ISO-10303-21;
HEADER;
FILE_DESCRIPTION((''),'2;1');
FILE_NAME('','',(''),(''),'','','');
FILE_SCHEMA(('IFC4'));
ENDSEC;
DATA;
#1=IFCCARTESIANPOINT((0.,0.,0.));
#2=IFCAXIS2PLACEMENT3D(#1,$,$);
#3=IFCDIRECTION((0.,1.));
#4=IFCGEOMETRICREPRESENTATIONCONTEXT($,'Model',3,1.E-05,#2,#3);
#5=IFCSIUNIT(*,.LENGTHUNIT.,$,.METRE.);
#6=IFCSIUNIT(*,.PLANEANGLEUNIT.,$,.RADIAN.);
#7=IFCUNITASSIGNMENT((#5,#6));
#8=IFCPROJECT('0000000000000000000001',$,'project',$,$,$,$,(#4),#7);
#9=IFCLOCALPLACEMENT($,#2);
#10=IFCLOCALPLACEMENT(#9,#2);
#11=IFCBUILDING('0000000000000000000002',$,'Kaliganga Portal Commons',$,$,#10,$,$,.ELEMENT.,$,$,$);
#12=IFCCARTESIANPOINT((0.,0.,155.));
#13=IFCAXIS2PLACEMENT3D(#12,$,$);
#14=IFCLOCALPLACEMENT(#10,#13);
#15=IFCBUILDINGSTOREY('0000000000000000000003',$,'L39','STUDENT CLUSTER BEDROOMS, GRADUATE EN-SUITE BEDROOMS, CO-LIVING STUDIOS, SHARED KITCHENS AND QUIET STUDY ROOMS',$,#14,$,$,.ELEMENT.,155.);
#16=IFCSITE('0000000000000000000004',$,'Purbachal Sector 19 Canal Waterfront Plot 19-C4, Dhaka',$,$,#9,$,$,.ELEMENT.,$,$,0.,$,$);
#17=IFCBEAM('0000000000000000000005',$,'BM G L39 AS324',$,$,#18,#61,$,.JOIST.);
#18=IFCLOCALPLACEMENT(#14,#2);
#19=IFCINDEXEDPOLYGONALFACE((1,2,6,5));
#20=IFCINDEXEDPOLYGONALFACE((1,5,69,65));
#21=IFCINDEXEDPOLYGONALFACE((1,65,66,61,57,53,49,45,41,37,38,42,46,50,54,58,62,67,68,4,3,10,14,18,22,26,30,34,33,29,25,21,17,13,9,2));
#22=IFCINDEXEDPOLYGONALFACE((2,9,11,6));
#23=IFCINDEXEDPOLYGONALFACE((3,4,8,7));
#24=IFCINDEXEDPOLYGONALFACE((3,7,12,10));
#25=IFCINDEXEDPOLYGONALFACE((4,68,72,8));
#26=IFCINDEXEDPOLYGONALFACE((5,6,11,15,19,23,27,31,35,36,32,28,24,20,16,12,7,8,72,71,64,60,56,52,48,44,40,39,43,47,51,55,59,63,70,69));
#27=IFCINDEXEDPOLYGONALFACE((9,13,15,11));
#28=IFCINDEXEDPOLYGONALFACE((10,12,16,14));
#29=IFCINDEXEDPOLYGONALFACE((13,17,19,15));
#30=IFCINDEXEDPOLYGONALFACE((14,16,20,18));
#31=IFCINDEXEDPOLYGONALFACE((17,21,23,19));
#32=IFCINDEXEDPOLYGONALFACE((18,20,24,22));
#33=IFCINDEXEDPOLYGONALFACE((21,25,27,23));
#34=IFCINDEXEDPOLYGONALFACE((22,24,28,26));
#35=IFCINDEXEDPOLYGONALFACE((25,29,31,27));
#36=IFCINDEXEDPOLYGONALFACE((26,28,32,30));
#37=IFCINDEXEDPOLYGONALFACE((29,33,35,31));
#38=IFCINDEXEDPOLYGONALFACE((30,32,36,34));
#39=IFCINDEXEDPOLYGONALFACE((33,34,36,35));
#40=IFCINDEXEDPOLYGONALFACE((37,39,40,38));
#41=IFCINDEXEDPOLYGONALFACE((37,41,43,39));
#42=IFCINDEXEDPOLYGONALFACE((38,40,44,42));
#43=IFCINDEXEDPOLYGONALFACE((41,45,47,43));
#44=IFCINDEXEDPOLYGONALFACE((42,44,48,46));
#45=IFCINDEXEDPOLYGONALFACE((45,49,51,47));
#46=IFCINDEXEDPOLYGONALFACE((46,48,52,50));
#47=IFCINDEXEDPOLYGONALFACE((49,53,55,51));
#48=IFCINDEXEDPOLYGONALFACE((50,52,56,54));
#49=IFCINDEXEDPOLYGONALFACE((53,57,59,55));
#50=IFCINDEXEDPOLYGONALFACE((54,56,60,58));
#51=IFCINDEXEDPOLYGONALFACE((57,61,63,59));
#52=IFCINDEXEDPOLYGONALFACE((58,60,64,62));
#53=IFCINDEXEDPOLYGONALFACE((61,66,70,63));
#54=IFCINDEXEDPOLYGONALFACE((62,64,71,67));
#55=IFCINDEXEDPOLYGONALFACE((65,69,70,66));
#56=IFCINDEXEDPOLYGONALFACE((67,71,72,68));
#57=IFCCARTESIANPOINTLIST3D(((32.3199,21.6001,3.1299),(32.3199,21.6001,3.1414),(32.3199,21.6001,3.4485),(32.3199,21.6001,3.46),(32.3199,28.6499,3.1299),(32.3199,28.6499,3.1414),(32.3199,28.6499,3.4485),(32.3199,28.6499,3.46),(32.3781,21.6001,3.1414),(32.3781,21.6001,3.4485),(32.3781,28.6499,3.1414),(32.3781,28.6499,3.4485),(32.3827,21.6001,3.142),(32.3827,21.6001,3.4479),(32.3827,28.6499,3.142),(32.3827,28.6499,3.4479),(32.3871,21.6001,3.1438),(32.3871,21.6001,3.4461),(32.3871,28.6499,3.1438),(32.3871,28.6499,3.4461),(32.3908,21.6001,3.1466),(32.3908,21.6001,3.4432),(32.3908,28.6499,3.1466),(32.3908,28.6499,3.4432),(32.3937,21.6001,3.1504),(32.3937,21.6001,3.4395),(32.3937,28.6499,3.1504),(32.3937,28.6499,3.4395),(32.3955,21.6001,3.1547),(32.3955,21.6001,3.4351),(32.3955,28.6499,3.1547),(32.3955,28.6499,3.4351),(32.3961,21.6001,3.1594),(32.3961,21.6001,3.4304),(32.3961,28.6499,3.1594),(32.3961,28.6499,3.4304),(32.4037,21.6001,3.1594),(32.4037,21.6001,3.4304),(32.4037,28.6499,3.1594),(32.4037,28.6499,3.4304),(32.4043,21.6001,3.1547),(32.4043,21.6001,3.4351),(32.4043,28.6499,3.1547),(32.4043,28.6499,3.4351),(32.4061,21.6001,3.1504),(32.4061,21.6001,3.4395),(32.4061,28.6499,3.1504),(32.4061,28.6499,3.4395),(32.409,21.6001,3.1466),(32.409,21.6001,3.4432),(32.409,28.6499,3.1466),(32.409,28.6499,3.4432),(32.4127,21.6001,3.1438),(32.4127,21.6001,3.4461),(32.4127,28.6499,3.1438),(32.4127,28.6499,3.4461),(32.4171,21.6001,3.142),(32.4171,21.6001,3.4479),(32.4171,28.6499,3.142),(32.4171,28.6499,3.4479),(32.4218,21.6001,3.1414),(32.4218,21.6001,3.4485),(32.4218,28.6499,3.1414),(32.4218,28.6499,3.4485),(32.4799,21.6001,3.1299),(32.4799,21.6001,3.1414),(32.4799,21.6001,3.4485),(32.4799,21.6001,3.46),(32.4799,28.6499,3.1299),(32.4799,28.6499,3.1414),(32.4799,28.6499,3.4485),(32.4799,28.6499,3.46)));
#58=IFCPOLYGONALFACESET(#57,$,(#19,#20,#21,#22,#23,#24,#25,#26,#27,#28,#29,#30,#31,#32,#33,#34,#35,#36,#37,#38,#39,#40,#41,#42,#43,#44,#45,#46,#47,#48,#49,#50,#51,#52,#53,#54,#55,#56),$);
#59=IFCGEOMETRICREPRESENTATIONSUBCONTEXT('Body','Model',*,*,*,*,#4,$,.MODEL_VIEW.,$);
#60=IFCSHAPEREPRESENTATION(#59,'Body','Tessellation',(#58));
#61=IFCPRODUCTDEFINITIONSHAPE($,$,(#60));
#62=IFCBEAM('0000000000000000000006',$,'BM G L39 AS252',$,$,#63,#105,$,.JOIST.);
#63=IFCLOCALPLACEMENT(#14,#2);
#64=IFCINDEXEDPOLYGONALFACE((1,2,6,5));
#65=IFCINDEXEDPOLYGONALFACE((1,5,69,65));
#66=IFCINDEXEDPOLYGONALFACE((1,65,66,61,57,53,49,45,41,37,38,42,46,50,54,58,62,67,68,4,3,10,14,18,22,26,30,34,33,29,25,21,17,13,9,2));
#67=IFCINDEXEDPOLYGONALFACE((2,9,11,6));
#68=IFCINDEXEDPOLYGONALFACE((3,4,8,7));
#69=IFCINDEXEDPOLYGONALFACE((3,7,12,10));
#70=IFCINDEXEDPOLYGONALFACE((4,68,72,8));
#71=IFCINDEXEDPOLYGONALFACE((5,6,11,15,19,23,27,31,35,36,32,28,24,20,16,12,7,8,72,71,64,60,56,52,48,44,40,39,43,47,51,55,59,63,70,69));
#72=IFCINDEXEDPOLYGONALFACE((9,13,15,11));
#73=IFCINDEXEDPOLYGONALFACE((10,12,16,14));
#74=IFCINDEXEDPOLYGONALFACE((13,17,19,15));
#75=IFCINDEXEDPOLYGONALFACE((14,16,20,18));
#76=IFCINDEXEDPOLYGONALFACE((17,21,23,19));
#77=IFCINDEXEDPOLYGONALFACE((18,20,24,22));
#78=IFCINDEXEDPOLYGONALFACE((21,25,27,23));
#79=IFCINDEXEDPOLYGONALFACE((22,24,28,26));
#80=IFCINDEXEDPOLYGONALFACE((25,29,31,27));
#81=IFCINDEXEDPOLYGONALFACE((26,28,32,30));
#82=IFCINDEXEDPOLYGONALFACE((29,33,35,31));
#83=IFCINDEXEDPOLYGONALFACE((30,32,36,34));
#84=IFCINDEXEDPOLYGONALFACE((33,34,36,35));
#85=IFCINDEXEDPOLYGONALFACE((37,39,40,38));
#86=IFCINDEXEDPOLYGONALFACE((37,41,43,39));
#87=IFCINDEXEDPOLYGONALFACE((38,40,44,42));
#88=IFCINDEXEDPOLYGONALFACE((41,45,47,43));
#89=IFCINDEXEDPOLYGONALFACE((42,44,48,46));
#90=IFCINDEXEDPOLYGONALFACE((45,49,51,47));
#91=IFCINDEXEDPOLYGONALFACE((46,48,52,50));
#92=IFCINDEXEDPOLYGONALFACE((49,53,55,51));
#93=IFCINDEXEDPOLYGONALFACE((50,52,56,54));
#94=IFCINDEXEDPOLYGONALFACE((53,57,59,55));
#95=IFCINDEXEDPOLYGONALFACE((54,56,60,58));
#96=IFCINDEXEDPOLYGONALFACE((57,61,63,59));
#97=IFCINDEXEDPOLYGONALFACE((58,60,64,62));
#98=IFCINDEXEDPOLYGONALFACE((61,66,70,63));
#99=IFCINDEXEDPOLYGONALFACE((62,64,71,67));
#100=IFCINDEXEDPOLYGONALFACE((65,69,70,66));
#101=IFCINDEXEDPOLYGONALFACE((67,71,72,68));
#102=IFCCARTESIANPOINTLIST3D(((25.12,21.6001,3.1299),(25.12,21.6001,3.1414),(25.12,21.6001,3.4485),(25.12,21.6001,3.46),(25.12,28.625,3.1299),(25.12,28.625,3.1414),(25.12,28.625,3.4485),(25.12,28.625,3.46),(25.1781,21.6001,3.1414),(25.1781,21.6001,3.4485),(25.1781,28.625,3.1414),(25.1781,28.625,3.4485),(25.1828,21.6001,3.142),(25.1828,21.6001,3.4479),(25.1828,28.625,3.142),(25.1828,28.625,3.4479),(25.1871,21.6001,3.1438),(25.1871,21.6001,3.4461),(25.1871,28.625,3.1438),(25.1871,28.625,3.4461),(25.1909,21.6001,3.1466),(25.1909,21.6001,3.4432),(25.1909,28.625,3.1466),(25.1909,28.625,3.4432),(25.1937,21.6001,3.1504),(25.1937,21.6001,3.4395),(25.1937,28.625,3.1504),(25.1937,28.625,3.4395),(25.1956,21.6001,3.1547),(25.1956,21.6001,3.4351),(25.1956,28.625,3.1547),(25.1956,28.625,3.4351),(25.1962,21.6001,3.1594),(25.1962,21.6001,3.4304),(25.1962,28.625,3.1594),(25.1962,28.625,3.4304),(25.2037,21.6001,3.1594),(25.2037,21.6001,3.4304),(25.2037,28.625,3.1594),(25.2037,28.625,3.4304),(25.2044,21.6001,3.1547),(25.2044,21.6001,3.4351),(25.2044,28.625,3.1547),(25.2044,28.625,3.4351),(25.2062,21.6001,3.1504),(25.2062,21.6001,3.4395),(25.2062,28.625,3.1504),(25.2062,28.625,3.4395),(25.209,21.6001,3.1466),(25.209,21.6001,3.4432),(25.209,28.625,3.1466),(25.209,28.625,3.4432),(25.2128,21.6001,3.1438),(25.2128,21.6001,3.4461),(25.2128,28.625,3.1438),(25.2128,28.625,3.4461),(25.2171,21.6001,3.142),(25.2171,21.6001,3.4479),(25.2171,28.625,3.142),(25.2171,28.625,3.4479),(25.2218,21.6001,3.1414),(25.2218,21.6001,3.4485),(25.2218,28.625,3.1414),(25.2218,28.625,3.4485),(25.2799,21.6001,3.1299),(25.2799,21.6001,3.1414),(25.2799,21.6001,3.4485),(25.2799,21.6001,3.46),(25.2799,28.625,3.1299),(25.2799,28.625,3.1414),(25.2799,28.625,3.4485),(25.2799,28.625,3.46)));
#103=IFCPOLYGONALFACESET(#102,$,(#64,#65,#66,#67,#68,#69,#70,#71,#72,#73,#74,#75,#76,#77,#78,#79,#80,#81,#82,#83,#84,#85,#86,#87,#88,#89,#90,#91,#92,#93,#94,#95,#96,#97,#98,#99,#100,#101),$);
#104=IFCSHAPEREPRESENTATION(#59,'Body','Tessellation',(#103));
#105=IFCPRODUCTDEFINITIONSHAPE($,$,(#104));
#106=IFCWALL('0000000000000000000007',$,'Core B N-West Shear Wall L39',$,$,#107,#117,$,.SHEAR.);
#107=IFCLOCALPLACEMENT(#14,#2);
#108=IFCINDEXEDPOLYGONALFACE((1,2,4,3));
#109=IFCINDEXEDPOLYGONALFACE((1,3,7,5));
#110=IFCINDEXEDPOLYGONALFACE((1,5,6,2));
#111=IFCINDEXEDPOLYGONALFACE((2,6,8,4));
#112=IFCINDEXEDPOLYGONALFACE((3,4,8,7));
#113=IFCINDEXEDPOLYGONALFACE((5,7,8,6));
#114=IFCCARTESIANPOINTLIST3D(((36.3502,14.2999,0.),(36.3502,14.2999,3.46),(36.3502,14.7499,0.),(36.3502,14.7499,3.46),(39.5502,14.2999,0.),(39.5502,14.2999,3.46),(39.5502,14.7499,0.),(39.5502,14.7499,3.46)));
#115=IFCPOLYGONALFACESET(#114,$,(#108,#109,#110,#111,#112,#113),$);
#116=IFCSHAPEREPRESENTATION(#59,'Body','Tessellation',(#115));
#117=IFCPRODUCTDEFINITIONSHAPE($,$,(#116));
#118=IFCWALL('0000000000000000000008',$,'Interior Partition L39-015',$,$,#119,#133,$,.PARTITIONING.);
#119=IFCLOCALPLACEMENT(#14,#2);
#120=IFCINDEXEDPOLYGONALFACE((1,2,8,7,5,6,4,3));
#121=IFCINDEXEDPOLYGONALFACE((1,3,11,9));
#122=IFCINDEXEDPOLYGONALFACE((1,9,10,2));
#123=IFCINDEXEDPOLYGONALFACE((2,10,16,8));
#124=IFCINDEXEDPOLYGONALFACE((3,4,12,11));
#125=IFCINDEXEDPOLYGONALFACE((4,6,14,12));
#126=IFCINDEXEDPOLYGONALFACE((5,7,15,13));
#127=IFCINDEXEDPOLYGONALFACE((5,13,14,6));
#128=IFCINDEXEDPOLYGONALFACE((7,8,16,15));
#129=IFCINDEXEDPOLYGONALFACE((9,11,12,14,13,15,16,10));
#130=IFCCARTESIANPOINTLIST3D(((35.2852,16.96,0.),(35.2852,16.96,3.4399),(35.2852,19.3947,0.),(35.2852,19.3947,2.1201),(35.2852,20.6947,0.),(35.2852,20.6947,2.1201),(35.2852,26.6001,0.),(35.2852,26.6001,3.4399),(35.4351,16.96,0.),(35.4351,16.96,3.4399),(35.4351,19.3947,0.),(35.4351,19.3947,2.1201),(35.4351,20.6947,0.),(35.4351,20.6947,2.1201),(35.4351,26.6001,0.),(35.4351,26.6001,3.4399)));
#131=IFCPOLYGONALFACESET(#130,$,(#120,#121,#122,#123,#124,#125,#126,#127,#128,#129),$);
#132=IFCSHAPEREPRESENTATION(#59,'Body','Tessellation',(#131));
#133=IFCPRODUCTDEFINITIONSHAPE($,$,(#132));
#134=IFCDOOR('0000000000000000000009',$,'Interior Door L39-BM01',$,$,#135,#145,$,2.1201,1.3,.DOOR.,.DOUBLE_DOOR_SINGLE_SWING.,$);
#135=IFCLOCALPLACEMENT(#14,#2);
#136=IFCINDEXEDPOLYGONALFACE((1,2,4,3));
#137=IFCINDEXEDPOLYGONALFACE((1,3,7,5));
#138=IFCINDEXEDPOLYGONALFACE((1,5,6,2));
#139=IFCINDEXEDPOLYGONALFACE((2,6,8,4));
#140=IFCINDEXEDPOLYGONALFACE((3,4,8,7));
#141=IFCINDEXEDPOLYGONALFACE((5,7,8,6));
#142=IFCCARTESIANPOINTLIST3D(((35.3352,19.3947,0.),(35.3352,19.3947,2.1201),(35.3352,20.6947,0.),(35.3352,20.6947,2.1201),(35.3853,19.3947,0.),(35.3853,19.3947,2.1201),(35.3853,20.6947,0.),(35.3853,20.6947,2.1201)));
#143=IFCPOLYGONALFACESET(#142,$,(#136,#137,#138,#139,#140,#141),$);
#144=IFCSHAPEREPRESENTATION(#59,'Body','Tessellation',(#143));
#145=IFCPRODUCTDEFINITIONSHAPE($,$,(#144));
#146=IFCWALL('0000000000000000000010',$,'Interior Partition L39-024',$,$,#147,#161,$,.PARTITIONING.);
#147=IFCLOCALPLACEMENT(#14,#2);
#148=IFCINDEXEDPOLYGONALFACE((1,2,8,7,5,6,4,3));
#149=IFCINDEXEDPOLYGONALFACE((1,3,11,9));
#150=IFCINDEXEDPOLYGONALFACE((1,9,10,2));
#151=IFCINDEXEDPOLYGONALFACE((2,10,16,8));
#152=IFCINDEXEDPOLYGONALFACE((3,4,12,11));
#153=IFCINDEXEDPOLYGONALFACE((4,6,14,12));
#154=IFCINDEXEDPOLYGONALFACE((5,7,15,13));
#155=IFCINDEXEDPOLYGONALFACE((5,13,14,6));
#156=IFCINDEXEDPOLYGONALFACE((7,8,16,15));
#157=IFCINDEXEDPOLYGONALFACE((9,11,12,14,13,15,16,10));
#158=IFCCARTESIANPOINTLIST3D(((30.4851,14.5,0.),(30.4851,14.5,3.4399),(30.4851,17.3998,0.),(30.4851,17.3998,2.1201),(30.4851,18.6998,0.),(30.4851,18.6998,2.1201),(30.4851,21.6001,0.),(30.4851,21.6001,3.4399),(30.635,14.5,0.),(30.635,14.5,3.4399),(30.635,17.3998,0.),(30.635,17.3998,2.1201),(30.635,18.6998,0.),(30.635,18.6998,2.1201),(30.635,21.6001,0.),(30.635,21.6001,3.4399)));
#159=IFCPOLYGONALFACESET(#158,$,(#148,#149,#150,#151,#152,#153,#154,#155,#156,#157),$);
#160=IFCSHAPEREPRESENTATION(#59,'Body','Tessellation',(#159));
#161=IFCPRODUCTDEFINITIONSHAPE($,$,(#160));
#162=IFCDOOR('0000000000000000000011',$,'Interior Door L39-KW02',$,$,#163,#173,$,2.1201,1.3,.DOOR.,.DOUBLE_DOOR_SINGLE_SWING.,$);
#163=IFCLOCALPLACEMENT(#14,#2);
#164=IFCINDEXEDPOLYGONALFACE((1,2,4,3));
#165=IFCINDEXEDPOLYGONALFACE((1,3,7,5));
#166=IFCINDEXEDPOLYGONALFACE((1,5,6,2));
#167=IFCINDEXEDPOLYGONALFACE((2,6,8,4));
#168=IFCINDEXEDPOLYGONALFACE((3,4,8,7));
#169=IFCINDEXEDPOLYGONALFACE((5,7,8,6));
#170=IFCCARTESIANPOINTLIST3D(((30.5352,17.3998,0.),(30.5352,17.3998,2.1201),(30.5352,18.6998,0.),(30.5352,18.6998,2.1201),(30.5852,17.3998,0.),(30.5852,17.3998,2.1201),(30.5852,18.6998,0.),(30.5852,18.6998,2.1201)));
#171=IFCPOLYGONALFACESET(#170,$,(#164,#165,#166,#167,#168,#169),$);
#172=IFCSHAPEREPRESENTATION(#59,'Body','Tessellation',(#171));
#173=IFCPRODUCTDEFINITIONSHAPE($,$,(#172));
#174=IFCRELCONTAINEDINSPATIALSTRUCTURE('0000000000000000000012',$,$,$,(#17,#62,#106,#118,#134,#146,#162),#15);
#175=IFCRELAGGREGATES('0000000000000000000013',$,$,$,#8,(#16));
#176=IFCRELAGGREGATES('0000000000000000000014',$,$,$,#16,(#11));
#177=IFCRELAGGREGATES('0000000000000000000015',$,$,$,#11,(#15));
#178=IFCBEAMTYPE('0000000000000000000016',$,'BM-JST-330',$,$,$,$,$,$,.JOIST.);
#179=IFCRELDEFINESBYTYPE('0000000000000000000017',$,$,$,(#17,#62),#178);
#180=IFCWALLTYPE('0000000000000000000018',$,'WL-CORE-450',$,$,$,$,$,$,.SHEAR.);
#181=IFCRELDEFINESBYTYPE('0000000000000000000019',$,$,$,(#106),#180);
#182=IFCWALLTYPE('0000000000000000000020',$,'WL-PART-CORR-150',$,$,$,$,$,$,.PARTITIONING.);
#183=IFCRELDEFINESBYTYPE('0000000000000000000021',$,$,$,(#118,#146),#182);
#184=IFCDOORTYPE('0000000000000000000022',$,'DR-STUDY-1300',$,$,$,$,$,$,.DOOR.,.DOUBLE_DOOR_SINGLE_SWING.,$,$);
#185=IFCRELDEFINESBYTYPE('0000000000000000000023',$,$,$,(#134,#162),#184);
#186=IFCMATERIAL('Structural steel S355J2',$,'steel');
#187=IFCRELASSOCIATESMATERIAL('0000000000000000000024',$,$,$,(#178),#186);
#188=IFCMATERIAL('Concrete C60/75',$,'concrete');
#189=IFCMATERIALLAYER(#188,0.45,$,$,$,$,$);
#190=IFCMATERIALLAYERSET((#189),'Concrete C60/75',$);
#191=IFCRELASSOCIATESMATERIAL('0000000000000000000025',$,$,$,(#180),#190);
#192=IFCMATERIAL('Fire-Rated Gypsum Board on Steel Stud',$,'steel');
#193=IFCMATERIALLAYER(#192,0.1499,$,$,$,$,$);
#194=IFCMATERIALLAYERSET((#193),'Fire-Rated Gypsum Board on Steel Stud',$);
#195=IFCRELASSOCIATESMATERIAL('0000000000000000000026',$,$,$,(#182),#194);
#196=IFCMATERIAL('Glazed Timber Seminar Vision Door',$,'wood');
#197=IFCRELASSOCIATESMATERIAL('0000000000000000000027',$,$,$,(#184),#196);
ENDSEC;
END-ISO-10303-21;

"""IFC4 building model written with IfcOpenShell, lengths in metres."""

from ifc_helpers import new_model, si_unit, direction, frame, frame_2d, origin, origin_2d, place, context, subcontext, project, spatial, rectangle, i_section, extrude, source, transform, mapped, material, layer, layer_set, material_profile, profile_set, type_object, element, fill, save


model = new_model("IFC4")

# Units and contexts
model_context = context("Model", 3, precision=1e-05, world=origin(), true_north=direction((0.0, 1.0)))
body_context = subcontext(model_context, "Body", "Model", "MODEL_VIEW")
ifc_project = project(units=[si_unit("LENGTHUNIT", "METRE"), si_unit("PLANEANGLEUNIT", "RADIAN")], contexts=[model_context])

# Site, building, storey
site_placement = place(None, origin())
site = spatial("IfcSite", under=ifc_project, at=site_placement, Name="Purbachal Sector 19 Canal Waterfront Plot 19-C4, Dhaka", CompositionType="ELEMENT", RefElevation=0.0)
building_placement = place(site_placement, origin())
building = spatial("IfcBuilding", under=site, at=building_placement, Name="Kaliganga Portal Commons", CompositionType="ELEMENT")
storey_placement = place(building_placement, frame((0.0, 0.0, 155.0)))
storey = spatial("IfcBuildingStorey", under=building, at=storey_placement, Name="L39", Description="STUDENT CLUSTER BEDROOMS, GRADUATE EN-SUITE BEDROOMS, CO-LIVING STUDIOS, SHARED KITCHENS AND QUIET STUDY ROOMS", CompositionType="ELEMENT", Elevation=155.0)

# Shared definitions
ifc_material_1 = material(Name="Concrete C60/75", Category="concrete")

# Beams
ifc_material_2 = material(Name="Structural steel S355J2", Category="steel")
ifc_material_profile_1 = material_profile(ifc_material_2, i_section(OverallWidth=0.1599, OverallDepth=0.3301, WebThickness=0.0076, FlangeThickness=0.0115, FilletRadius=0.0181, at=origin_2d()), Name="IPE 330")
ifc_profile_set_1 = profile_set([ifc_material_profile_1], Name="Structural steel S355J2 wide-flange")
beam_type_1 = type_object("IfcBeamType", Name="BM-JST-330", PredefinedType="JOIST", material=ifc_profile_set_1)
shared_shape_1 = source(origin(), body_context, "Body", "SweptSolid", [
    extrude(i_section(OverallWidth=0.1599, OverallDepth=0.3301, WebThickness=0.0076, FlangeThickness=0.0115, FilletRadius=0.0181, at=origin_2d()), origin(), (0.0, 0.0, 1.0), 7.0498),
])
beam_1_placement = place(storey_placement, frame((32.3999, 21.6001, 3.2949), z_axis=(0.0, 1.0, 0.0), x_axis=(-1.0, 0.0, 0.0)))
element("IfcBeam", 1, at=beam_1_placement, inside=storey, type_object=beam_type_1, Name="BM G L39 AS324", PredefinedType="JOIST", context=body_context, shape_type="MappedRepresentation", body=[
    mapped(shared_shape_1, transform((0.0, 0.0, 0.0), x_axis=(1.0, 0.0, 0.0), y_axis=(0.0, 1.0, 0.0), z_axis=(0.0, 0.0, 1.0), scale=1.0)),
])
shared_shape_2 = source(origin(), body_context, "Body", "SweptSolid", [
    extrude(i_section(OverallWidth=0.1599, OverallDepth=0.3301, WebThickness=0.0076, FlangeThickness=0.0115, FilletRadius=0.0181, at=origin_2d()), origin(), (0.0, 0.0, 1.0), 7.0249),
])
beam_2_placement = place(storey_placement, frame((25.2, 21.6001, 3.2949), z_axis=(0.0, 1.0, 0.0), x_axis=(-1.0, 0.0, 0.0)))
element("IfcBeam", 2, at=beam_2_placement, inside=storey, type_object=beam_type_1, Name="BM G L39 AS252", PredefinedType="JOIST", context=body_context, shape_type="MappedRepresentation", body=[
    mapped(shared_shape_2, transform((0.0, 0.0, 0.0), x_axis=(1.0, 0.0, 0.0), y_axis=(0.0, 1.0, 0.0), z_axis=(0.0, 0.0, 1.0), scale=1.0)),
])

# Wall
ifc_layer_1 = layer(ifc_material_1, 0.45)
ifc_layer_set_1 = layer_set([ifc_layer_1], Name="Concrete C60/75")
wall_type_1 = type_object("IfcWallType", Name="WL-CORE-450", PredefinedType="SHEAR", material=ifc_layer_set_1)
wall_1_placement = place(storey_placement, frame((36.3501, 14.5249, 0.0), z_axis=(0.0, 0.0, 1.0), x_axis=(1.0, 0.0, 0.0)))
element("IfcWall", 3, at=wall_1_placement, inside=storey, type_object=wall_type_1, Name="Core B N-West Shear Wall L39", PredefinedType="SHEAR", context=body_context, shape_type="SweptSolid", body=[
    extrude(rectangle(XDim=3.2, YDim=0.45, at=frame_2d((1.6001, 0.0))), origin(), (0.0, 0.0, 1.0), 3.46),
])

# Walls, openings, doors
ifc_material_3 = material(Name="Fire-Rated Gypsum Board on Steel Stud", Category="steel")
ifc_layer_2 = layer(ifc_material_3, 0.1499)
ifc_layer_set_2 = layer_set([ifc_layer_2], Name="Fire-Rated Gypsum Board on Steel Stud")
wall_type_2 = type_object("IfcWallType", Name="WL-PART-CORR-150", PredefinedType="PARTITIONING", material=ifc_layer_set_2)
wall_2_placement = place(storey_placement, frame((35.3601, 16.96, 0.0), z_axis=(0.0, 0.0, 1.0), x_axis=(0.0, 1.0, 0.0)))
wall_2 = element("IfcWall", 4, at=wall_2_placement, inside=storey, type_object=wall_type_2, Name="Interior Partition L39-015", PredefinedType="PARTITIONING", context=body_context, shape_type="SweptSolid", body=[
    extrude(rectangle(XDim=9.6401, YDim=0.1499, at=frame_2d((4.8201, 0.0))), origin(), (0.0, 0.0, 1.0), 3.4399),
])
opening_1_placement = place(wall_2_placement, frame((2.4348, 0.0, 0.0)))
opening_1 = element("IfcOpeningElement", 5, at=opening_1_placement, cuts=wall_2, PredefinedType="OPENING", context=body_context, shape_type="SweptSolid", body=[
    extrude(rectangle(XDim=1.3, YDim=2.1201, at=frame_2d((0.6499, 1.0601))), frame((0.0, 0.085, 0.0), z_axis=(0.0, -1.0, 0.0), x_axis=(1.0, 0.0, 0.0)), (0.0, 0.0, 1.0), 0.1699),
])
ifc_material_4 = material(Name="Glazed Timber Seminar Vision Door", Category="wood")
door_type = type_object("IfcDoorType", Name="DR-STUDY-1300", OperationType="DOUBLE_DOOR_SINGLE_SWING", PredefinedType="DOOR", material=ifc_material_4)
door_1_placement = place(opening_1_placement, origin())
door_1 = element("IfcDoor", 6, at=door_1_placement, inside=storey, type_object=door_type, Name="Interior Door L39-BM01", OperationType="DOUBLE_DOOR_SINGLE_SWING", OverallHeight=2.1201, OverallWidth=1.3, PredefinedType="DOOR", context=body_context, shape_type="SweptSolid", body=[
    extrude(rectangle(XDim=1.3, YDim=2.1201, at=frame_2d((0.6499, 1.0601))), frame((0.0, 0.0249, 0.0), z_axis=(0.0, -1.0, 0.0), x_axis=(1.0, 0.0, 0.0)), (0.0, 0.0, 1.0), 0.05),
])
fill(opening_1, door_1)
wall_3_placement = place(storey_placement, frame((30.5601, 14.5, 0.0), z_axis=(0.0, 0.0, 1.0), x_axis=(0.0, 1.0, 0.0)))
wall_3 = element("IfcWall", 7, at=wall_3_placement, inside=storey, type_object=wall_type_2, Name="Interior Partition L39-024", PredefinedType="PARTITIONING", context=body_context, shape_type="SweptSolid", body=[
    extrude(rectangle(XDim=7.1001, YDim=0.1499, at=frame_2d((3.55, 0.0))), origin(), (0.0, 0.0, 1.0), 3.4399),
])
opening_2_placement = place(wall_3_placement, frame((2.8999, 0.0, 0.0)))
opening_2 = element("IfcOpeningElement", 8, at=opening_2_placement, cuts=wall_3, PredefinedType="OPENING", context=body_context, shape_type="SweptSolid", body=[
    extrude(rectangle(XDim=1.3, YDim=2.1201, at=frame_2d((0.6499, 1.0601))), frame((0.0, 0.085, 0.0), z_axis=(0.0, -1.0, 0.0), x_axis=(1.0, 0.0, 0.0)), (0.0, 0.0, 1.0), 0.1699),
])
door_2_placement = place(opening_2_placement, origin())
door_2 = element("IfcDoor", 9, at=door_2_placement, inside=storey, type_object=door_type, Name="Interior Door L39-KW02", OperationType="DOUBLE_DOOR_SINGLE_SWING", OverallHeight=2.1201, OverallWidth=1.3, PredefinedType="DOOR", context=body_context, shape_type="SweptSolid", body=[
    extrude(rectangle(XDim=1.3, YDim=2.1201, at=frame_2d((0.6499, 1.0601))), frame((0.0, 0.0249, 0.0), z_axis=(0.0, -1.0, 0.0), x_axis=(1.0, 0.0, 0.0)), (0.0, 0.0, 1.0), 0.05),
])
fill(opening_2, door_2)

save(model, "model.ifc")
